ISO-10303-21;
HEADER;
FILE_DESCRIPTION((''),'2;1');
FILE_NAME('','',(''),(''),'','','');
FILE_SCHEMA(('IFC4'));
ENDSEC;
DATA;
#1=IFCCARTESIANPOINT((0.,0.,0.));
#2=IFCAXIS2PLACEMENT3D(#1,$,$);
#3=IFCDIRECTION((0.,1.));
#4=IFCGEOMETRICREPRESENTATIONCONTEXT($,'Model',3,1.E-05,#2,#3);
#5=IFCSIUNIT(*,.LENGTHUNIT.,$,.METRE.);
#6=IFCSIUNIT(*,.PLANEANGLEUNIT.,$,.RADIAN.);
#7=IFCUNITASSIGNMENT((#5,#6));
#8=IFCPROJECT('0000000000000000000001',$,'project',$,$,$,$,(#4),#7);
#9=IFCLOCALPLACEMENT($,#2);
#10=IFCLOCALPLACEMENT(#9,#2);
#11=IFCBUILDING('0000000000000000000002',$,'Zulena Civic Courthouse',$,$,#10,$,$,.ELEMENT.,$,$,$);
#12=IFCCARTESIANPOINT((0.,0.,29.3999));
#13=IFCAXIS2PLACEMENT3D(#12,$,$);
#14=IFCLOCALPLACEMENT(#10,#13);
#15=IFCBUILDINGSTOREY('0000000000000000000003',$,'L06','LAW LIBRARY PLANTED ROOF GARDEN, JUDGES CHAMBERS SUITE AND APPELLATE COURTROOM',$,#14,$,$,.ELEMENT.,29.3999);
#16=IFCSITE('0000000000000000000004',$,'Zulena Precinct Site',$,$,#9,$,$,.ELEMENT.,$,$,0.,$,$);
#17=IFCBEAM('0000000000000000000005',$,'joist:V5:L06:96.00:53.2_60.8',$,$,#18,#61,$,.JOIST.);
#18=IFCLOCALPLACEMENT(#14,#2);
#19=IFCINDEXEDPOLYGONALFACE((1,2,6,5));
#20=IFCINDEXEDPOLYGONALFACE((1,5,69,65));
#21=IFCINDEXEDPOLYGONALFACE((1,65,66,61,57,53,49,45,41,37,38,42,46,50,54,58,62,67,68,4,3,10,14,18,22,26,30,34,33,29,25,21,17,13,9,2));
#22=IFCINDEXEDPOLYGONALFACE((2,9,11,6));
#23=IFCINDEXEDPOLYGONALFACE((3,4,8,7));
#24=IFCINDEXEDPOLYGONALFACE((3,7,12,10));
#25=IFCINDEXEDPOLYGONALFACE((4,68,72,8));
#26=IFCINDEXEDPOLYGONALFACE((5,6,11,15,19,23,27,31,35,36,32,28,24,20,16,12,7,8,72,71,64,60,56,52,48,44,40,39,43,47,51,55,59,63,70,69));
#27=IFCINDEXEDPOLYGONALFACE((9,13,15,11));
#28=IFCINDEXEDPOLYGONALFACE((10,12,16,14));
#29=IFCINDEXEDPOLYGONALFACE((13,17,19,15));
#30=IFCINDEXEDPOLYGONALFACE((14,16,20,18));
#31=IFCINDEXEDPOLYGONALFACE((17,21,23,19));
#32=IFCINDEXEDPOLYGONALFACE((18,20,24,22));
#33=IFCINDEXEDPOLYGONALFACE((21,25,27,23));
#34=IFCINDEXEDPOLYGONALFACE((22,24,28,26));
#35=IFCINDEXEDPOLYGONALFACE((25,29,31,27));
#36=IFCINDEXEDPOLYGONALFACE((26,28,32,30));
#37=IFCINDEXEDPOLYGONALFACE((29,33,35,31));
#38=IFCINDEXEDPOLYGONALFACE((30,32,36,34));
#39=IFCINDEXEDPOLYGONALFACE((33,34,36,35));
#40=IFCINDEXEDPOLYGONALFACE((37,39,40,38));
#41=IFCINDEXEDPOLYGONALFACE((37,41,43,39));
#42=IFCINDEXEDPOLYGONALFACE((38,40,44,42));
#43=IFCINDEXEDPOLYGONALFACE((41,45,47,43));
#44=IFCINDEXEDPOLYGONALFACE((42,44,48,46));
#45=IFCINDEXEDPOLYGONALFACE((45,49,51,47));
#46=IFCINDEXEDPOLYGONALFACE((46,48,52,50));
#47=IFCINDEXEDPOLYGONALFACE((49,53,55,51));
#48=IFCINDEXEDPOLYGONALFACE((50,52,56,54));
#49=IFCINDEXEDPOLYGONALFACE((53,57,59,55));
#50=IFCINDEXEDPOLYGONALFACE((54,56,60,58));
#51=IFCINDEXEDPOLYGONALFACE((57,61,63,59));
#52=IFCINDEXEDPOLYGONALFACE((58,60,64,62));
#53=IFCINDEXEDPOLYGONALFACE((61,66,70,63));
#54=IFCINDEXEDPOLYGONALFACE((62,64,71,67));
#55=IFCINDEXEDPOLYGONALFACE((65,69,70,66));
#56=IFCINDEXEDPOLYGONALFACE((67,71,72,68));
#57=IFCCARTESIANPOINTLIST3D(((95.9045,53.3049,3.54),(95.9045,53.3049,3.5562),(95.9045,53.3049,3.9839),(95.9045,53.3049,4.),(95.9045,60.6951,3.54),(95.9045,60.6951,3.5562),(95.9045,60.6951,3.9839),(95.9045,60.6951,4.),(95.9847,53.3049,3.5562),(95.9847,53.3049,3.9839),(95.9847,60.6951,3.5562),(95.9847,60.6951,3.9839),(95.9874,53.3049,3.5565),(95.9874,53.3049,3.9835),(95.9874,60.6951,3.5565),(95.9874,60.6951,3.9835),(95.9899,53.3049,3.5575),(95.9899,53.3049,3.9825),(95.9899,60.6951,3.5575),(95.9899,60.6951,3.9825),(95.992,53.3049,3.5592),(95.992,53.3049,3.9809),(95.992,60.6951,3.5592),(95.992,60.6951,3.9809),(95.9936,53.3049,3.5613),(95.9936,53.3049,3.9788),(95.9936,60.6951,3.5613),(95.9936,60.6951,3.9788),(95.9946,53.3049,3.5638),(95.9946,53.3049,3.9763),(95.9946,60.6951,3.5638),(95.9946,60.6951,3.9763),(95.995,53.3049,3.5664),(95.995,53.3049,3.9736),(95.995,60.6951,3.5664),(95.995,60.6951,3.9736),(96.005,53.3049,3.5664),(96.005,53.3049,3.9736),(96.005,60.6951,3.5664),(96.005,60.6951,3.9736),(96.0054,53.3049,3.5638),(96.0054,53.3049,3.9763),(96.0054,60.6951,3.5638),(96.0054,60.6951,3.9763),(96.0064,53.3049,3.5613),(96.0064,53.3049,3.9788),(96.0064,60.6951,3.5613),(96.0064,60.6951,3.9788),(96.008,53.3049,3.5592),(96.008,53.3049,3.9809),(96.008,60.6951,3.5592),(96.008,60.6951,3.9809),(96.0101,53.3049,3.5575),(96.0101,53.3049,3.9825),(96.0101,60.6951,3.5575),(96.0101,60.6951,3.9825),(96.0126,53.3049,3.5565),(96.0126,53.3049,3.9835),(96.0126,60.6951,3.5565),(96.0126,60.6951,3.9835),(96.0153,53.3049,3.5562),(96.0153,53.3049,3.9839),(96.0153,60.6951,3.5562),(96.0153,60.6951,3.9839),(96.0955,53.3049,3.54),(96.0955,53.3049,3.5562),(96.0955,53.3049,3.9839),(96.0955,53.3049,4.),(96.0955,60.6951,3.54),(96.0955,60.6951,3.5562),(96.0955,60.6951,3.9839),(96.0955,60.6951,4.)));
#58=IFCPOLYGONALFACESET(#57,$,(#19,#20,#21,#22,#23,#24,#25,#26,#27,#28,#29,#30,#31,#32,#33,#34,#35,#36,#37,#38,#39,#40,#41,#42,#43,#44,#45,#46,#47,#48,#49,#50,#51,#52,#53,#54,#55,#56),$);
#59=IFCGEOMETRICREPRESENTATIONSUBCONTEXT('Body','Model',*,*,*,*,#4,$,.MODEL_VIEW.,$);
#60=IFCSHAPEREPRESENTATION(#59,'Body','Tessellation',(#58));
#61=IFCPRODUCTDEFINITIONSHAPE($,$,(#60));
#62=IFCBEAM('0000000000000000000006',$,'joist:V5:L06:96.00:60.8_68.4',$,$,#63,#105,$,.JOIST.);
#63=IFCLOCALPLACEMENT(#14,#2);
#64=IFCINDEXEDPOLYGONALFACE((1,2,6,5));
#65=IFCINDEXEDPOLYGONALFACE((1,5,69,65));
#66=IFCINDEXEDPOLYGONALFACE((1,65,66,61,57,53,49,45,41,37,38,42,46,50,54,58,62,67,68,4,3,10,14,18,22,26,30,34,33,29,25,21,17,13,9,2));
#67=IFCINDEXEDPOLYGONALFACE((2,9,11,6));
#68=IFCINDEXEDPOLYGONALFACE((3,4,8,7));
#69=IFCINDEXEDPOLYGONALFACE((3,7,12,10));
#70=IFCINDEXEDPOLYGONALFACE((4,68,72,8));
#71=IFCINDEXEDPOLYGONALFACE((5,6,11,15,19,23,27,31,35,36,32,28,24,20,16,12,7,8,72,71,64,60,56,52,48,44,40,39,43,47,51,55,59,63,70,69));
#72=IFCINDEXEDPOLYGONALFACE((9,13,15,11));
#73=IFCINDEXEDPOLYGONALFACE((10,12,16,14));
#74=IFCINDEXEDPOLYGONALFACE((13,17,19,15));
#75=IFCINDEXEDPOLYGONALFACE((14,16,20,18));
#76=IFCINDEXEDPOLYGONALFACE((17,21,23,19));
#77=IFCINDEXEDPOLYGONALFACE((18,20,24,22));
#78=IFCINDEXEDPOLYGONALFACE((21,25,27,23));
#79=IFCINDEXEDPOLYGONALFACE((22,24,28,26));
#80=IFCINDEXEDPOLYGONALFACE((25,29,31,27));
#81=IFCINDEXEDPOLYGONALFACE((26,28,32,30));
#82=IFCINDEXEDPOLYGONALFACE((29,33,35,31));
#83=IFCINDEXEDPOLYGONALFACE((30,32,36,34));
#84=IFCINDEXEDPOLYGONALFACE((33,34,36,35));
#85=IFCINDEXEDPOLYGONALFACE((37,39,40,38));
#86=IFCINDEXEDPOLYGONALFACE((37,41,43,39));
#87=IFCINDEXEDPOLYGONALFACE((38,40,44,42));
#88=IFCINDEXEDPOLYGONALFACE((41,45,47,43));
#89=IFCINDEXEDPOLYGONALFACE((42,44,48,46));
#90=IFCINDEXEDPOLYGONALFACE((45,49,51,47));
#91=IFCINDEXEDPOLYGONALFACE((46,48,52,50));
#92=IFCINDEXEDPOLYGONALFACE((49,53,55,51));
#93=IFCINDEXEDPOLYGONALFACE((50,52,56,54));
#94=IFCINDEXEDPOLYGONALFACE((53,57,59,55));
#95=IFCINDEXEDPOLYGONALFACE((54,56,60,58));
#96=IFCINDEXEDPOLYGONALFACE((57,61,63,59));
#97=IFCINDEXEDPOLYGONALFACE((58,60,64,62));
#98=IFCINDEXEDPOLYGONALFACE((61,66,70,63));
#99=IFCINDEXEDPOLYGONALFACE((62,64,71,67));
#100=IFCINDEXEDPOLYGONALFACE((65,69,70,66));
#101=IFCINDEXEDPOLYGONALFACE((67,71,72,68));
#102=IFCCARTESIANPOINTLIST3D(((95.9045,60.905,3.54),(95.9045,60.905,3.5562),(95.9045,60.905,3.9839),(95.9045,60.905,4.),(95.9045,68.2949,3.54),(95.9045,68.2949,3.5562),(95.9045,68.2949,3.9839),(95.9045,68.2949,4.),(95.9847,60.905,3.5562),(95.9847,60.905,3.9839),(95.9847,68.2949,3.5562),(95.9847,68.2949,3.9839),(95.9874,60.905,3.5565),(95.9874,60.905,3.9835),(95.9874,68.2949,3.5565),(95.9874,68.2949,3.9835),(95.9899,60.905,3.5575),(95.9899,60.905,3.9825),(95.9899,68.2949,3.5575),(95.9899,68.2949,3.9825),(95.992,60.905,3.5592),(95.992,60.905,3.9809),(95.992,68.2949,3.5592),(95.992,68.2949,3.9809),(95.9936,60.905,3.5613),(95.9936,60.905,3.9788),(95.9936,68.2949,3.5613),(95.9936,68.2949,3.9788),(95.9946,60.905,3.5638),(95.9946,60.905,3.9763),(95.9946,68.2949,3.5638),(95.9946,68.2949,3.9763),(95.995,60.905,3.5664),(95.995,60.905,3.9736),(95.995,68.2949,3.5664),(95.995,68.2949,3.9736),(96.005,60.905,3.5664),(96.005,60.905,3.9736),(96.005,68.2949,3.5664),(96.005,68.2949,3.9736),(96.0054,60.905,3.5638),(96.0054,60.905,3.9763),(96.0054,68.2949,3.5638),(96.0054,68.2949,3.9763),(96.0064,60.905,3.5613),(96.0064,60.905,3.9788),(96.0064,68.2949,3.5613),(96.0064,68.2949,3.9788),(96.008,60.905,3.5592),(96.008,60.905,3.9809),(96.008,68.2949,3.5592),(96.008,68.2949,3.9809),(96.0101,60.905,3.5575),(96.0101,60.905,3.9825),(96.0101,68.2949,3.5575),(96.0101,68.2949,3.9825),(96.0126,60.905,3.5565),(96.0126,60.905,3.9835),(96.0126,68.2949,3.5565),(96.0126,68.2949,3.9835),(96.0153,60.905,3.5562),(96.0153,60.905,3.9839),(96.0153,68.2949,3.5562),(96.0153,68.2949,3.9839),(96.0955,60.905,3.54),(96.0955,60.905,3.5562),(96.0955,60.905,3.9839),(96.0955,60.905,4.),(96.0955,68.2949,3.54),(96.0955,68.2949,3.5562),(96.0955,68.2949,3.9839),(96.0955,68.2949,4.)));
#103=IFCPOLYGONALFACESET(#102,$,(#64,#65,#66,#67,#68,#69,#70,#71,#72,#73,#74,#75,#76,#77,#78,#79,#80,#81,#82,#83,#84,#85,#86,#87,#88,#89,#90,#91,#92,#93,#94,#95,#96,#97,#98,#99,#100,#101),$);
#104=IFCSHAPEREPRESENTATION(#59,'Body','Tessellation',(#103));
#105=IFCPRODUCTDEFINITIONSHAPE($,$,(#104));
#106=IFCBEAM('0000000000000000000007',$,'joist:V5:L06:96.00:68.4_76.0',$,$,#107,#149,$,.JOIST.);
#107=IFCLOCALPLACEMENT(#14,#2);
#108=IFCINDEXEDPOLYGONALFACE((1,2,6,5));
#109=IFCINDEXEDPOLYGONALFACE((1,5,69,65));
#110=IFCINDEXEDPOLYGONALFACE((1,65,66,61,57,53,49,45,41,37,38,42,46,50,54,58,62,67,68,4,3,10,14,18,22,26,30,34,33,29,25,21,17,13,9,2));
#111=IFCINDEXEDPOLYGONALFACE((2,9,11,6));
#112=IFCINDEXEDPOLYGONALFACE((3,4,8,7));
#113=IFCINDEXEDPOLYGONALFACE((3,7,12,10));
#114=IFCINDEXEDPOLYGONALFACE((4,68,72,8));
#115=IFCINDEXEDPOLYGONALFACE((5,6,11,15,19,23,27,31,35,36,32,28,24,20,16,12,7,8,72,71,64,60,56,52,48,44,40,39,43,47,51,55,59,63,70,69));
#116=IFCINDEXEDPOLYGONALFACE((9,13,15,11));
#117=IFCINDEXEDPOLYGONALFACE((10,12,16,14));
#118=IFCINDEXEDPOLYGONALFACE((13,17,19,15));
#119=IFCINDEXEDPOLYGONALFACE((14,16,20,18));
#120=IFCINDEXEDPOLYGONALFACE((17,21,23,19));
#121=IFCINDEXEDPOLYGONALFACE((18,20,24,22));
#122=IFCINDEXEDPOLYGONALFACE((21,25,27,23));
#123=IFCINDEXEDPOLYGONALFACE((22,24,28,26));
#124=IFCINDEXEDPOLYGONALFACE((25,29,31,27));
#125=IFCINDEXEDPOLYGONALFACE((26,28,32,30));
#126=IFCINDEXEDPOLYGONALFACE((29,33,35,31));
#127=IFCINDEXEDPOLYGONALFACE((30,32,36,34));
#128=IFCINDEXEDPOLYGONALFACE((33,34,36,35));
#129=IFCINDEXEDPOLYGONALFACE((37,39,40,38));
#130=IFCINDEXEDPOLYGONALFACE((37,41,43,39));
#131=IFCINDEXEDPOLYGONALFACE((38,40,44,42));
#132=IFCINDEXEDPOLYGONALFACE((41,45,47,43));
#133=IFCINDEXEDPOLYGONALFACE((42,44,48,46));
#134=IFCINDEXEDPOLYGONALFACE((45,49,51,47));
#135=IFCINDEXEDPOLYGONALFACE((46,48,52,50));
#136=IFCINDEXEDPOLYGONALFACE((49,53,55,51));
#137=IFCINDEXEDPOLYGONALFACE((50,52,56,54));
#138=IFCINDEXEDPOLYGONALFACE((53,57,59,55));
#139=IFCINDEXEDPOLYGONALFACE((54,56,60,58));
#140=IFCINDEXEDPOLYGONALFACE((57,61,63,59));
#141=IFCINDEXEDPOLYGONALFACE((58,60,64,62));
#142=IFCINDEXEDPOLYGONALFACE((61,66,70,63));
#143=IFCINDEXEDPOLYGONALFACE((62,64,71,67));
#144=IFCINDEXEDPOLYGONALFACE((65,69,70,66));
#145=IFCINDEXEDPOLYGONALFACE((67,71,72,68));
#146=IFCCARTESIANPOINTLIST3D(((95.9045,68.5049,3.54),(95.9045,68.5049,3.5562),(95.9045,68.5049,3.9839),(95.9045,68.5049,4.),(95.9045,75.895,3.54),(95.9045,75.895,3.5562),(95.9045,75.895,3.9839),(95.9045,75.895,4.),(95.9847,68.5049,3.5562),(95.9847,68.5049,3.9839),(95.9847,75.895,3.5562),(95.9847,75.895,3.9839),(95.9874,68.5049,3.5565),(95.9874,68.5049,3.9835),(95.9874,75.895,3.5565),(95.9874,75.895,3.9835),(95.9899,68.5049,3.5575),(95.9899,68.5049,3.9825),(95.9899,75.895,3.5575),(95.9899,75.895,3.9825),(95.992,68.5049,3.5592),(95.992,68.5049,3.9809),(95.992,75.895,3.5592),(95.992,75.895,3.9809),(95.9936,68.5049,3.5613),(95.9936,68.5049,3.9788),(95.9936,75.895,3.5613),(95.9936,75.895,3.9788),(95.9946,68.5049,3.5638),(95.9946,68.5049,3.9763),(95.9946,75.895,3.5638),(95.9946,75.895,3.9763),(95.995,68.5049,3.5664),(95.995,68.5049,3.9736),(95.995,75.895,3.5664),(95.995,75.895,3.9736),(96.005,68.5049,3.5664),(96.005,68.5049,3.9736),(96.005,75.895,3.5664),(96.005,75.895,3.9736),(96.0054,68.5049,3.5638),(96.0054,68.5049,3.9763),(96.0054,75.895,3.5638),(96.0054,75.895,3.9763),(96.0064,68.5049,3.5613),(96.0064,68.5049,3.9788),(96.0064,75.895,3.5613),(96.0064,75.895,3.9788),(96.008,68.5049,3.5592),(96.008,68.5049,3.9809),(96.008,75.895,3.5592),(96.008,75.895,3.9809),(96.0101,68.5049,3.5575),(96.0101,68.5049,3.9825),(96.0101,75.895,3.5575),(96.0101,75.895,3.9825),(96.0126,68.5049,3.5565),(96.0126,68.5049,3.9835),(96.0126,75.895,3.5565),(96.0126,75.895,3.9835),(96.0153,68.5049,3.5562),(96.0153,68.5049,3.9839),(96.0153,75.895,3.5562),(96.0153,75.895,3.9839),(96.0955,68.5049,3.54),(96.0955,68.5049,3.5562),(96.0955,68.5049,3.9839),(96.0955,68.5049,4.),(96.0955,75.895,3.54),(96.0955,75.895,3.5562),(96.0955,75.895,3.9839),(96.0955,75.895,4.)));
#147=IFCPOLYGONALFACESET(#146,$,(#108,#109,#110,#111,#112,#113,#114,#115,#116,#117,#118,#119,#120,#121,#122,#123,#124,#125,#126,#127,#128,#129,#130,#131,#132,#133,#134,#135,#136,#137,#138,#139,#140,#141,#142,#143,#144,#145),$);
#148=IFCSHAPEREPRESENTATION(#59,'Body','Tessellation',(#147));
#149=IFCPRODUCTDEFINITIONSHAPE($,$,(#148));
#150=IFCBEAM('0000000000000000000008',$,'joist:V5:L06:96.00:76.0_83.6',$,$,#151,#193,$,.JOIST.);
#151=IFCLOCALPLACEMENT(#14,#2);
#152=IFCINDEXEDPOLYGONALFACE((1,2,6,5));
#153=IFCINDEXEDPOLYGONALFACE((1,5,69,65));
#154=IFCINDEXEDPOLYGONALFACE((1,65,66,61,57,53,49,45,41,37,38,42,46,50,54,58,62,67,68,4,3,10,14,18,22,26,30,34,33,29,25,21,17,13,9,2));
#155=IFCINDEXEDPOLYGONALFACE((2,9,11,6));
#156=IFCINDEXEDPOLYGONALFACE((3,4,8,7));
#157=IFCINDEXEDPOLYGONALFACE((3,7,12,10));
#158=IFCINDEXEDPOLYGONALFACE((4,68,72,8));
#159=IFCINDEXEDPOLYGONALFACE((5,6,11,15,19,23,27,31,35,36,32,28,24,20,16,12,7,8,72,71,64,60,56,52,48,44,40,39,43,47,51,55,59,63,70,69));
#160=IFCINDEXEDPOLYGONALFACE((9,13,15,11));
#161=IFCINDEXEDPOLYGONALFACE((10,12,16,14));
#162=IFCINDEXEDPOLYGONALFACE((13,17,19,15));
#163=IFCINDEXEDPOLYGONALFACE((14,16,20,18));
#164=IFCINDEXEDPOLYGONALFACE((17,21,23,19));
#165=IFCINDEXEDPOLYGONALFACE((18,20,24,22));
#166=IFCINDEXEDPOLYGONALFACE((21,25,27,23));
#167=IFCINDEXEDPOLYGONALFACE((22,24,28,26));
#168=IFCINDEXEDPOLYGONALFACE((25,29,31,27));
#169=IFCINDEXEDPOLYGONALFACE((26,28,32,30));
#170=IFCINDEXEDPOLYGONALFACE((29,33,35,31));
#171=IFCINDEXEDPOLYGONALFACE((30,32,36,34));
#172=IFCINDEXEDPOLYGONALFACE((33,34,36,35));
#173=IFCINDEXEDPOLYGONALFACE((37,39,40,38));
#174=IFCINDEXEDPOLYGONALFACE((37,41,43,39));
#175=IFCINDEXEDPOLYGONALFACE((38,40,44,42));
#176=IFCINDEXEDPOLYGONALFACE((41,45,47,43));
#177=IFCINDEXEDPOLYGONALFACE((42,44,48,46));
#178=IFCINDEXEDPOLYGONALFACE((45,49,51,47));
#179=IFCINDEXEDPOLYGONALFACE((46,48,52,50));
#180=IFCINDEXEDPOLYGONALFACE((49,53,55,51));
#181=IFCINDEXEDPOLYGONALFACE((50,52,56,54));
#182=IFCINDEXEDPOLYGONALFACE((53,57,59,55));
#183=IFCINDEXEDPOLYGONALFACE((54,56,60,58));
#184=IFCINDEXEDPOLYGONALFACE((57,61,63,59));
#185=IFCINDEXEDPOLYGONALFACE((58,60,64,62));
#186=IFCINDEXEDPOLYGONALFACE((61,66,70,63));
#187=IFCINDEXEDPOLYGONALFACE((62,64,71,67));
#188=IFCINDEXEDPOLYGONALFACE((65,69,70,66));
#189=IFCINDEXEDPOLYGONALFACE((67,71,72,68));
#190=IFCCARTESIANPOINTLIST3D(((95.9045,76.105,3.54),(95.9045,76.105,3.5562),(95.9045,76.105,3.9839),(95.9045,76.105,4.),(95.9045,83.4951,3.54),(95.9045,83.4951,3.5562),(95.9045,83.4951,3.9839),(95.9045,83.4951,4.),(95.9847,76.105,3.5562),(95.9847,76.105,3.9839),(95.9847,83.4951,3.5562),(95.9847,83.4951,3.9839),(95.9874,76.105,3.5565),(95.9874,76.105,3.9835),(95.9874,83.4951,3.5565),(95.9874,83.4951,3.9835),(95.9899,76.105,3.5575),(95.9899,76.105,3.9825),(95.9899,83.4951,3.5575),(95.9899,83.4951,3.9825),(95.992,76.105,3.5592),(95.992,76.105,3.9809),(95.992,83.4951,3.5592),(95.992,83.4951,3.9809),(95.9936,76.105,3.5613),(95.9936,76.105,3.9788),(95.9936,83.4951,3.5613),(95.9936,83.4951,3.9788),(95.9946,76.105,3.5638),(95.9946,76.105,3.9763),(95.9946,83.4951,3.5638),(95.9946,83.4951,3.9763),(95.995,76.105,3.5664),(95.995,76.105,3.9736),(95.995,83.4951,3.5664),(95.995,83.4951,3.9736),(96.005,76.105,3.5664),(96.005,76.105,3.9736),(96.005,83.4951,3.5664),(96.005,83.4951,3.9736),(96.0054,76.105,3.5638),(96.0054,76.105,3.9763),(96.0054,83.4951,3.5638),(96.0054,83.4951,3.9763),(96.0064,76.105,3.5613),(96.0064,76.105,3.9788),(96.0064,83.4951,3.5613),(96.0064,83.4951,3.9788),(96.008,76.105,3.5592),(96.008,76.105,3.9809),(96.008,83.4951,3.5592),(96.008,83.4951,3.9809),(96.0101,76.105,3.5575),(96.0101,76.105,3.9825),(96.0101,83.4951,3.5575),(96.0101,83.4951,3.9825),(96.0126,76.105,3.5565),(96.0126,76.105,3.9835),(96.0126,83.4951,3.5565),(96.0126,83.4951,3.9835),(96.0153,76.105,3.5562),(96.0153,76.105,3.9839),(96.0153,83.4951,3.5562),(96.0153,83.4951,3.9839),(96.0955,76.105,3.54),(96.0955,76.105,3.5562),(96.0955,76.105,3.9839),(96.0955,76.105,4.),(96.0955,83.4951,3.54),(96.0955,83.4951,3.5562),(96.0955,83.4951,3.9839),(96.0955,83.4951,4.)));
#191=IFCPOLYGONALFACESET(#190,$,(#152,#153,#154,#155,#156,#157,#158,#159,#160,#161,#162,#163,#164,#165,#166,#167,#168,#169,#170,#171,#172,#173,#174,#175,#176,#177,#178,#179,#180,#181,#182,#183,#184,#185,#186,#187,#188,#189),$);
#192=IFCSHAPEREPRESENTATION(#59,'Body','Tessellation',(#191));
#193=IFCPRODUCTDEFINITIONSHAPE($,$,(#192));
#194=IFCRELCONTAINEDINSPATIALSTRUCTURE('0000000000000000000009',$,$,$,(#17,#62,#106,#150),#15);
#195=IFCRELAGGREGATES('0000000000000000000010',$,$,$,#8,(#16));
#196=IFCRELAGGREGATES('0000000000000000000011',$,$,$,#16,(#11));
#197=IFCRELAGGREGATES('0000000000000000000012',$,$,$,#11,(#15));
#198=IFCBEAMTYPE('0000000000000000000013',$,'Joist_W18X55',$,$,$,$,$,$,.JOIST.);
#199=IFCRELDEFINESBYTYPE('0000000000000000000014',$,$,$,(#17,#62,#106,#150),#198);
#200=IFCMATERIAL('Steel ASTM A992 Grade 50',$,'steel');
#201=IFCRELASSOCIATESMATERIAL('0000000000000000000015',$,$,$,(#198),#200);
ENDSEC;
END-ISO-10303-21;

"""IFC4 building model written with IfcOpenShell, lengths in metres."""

from ifc_helpers import new_model, si_unit, direction, frame, origin, origin_2d, place, context, subcontext, project, spatial, i_section, extrude, material, material_profile, profile_set, type_object, element, save


model = new_model("IFC4")

# Units and contexts
model_context = context("Model", 3, precision=1e-05, world=origin(), true_north=direction((0.0, 1.0)))
body_context = subcontext(model_context, "Body", "Model", "MODEL_VIEW")
ifc_project = project(units=[si_unit("LENGTHUNIT", "METRE"), si_unit("PLANEANGLEUNIT", "RADIAN")], contexts=[model_context])

# Site, building, storey
site_placement = place(None, origin())
site = spatial("IfcSite", under=ifc_project, at=site_placement, Name="Zulena Precinct Site", CompositionType="ELEMENT", RefElevation=0.0)
building_placement = place(site_placement, origin())
building = spatial("IfcBuilding", under=site, at=building_placement, Name="Zulena Civic Courthouse", CompositionType="ELEMENT")
storey_placement = place(building_placement, frame((0.0, 0.0, 29.3999)))
storey = spatial("IfcBuildingStorey", under=building, at=storey_placement, Name="L06", Description="LAW LIBRARY PLANTED ROOF GARDEN, JUDGES CHAMBERS SUITE AND APPELLATE COURTROOM", CompositionType="ELEMENT", Elevation=29.3999)

# Shared definitions
ifc_material_1 = material(Name="Steel ASTM A992 Grade 50", Category="steel")

# Beams
ifc_material_profile_1 = material_profile(ifc_material_1, i_section(OverallWidth=0.1909, OverallDepth=0.46, WebThickness=0.01, FlangeThickness=0.0161, FilletRadius=0.0103, at=origin_2d()), Name="W18X55")
ifc_profile_set_1 = profile_set([ifc_material_profile_1], Name="Steel ASTM A992 Grade 50")
beam_type_1 = type_object("IfcBeamType", Name="Joist_W18X55", PredefinedType="JOIST", material=ifc_profile_set_1)
beam_1_placement = place(storey_placement, frame((96.0, 53.3049, 3.77), z_axis=(0.0, 1.0, 0.0), x_axis=(-1.0, 0.0, 0.0)))
element("IfcBeam", 1, at=beam_1_placement, inside=storey, type_object=beam_type_1, Name="joist:V5:L06:96.00:53.2_60.8", PredefinedType="JOIST", context=body_context, shape_type="SweptSolid", body=[
    extrude(i_section(OverallWidth=0.1909, OverallDepth=0.46, WebThickness=0.01, FlangeThickness=0.0161, FilletRadius=0.0103, at=origin_2d()), origin(), (0.0, 0.0, 1.0), 7.3901),
])
beam_2_placement = place(storey_placement, frame((96.0, 60.905, 3.77), z_axis=(0.0, 1.0, 0.0), x_axis=(-1.0, 0.0, 0.0)))
element("IfcBeam", 2, at=beam_2_placement, inside=storey, type_object=beam_type_1, Name="joist:V5:L06:96.00:60.8_68.4", PredefinedType="JOIST", context=body_context, shape_type="SweptSolid", body=[
    extrude(i_section(OverallWidth=0.1909, OverallDepth=0.46, WebThickness=0.01, FlangeThickness=0.0161, FilletRadius=0.0103, at=origin_2d()), origin(), (0.0, 0.0, 1.0), 7.3899),
])
for number, where, z_axis, x_axis, name in (
    (3, (96.0, 68.5049, 3.77), (0.0, 1.0, 0.0), (-1.0, 0.0, 0.0), "joist:V5:L06:96.00:68.4_76.0"),
    (4, (96.0, 76.105, 3.77), (0.0, 1.0, 0.0), (-1.0, 0.0, 0.0), "joist:V5:L06:96.00:76.0_83.6"),
):
    element("IfcBeam", number, at=place(storey_placement, frame(where, z_axis=z_axis, x_axis=x_axis)), inside=storey, type_object=beam_type_1, Name=name, PredefinedType="JOIST", context=body_context, shape_type="SweptSolid", body=[
        extrude(i_section(OverallWidth=0.1909, OverallDepth=0.46, WebThickness=0.01, FlangeThickness=0.0161, FilletRadius=0.0103, at=origin_2d()), origin(), (0.0, 0.0, 1.0), 7.3901),
    ])

save(model, "model.ifc")
